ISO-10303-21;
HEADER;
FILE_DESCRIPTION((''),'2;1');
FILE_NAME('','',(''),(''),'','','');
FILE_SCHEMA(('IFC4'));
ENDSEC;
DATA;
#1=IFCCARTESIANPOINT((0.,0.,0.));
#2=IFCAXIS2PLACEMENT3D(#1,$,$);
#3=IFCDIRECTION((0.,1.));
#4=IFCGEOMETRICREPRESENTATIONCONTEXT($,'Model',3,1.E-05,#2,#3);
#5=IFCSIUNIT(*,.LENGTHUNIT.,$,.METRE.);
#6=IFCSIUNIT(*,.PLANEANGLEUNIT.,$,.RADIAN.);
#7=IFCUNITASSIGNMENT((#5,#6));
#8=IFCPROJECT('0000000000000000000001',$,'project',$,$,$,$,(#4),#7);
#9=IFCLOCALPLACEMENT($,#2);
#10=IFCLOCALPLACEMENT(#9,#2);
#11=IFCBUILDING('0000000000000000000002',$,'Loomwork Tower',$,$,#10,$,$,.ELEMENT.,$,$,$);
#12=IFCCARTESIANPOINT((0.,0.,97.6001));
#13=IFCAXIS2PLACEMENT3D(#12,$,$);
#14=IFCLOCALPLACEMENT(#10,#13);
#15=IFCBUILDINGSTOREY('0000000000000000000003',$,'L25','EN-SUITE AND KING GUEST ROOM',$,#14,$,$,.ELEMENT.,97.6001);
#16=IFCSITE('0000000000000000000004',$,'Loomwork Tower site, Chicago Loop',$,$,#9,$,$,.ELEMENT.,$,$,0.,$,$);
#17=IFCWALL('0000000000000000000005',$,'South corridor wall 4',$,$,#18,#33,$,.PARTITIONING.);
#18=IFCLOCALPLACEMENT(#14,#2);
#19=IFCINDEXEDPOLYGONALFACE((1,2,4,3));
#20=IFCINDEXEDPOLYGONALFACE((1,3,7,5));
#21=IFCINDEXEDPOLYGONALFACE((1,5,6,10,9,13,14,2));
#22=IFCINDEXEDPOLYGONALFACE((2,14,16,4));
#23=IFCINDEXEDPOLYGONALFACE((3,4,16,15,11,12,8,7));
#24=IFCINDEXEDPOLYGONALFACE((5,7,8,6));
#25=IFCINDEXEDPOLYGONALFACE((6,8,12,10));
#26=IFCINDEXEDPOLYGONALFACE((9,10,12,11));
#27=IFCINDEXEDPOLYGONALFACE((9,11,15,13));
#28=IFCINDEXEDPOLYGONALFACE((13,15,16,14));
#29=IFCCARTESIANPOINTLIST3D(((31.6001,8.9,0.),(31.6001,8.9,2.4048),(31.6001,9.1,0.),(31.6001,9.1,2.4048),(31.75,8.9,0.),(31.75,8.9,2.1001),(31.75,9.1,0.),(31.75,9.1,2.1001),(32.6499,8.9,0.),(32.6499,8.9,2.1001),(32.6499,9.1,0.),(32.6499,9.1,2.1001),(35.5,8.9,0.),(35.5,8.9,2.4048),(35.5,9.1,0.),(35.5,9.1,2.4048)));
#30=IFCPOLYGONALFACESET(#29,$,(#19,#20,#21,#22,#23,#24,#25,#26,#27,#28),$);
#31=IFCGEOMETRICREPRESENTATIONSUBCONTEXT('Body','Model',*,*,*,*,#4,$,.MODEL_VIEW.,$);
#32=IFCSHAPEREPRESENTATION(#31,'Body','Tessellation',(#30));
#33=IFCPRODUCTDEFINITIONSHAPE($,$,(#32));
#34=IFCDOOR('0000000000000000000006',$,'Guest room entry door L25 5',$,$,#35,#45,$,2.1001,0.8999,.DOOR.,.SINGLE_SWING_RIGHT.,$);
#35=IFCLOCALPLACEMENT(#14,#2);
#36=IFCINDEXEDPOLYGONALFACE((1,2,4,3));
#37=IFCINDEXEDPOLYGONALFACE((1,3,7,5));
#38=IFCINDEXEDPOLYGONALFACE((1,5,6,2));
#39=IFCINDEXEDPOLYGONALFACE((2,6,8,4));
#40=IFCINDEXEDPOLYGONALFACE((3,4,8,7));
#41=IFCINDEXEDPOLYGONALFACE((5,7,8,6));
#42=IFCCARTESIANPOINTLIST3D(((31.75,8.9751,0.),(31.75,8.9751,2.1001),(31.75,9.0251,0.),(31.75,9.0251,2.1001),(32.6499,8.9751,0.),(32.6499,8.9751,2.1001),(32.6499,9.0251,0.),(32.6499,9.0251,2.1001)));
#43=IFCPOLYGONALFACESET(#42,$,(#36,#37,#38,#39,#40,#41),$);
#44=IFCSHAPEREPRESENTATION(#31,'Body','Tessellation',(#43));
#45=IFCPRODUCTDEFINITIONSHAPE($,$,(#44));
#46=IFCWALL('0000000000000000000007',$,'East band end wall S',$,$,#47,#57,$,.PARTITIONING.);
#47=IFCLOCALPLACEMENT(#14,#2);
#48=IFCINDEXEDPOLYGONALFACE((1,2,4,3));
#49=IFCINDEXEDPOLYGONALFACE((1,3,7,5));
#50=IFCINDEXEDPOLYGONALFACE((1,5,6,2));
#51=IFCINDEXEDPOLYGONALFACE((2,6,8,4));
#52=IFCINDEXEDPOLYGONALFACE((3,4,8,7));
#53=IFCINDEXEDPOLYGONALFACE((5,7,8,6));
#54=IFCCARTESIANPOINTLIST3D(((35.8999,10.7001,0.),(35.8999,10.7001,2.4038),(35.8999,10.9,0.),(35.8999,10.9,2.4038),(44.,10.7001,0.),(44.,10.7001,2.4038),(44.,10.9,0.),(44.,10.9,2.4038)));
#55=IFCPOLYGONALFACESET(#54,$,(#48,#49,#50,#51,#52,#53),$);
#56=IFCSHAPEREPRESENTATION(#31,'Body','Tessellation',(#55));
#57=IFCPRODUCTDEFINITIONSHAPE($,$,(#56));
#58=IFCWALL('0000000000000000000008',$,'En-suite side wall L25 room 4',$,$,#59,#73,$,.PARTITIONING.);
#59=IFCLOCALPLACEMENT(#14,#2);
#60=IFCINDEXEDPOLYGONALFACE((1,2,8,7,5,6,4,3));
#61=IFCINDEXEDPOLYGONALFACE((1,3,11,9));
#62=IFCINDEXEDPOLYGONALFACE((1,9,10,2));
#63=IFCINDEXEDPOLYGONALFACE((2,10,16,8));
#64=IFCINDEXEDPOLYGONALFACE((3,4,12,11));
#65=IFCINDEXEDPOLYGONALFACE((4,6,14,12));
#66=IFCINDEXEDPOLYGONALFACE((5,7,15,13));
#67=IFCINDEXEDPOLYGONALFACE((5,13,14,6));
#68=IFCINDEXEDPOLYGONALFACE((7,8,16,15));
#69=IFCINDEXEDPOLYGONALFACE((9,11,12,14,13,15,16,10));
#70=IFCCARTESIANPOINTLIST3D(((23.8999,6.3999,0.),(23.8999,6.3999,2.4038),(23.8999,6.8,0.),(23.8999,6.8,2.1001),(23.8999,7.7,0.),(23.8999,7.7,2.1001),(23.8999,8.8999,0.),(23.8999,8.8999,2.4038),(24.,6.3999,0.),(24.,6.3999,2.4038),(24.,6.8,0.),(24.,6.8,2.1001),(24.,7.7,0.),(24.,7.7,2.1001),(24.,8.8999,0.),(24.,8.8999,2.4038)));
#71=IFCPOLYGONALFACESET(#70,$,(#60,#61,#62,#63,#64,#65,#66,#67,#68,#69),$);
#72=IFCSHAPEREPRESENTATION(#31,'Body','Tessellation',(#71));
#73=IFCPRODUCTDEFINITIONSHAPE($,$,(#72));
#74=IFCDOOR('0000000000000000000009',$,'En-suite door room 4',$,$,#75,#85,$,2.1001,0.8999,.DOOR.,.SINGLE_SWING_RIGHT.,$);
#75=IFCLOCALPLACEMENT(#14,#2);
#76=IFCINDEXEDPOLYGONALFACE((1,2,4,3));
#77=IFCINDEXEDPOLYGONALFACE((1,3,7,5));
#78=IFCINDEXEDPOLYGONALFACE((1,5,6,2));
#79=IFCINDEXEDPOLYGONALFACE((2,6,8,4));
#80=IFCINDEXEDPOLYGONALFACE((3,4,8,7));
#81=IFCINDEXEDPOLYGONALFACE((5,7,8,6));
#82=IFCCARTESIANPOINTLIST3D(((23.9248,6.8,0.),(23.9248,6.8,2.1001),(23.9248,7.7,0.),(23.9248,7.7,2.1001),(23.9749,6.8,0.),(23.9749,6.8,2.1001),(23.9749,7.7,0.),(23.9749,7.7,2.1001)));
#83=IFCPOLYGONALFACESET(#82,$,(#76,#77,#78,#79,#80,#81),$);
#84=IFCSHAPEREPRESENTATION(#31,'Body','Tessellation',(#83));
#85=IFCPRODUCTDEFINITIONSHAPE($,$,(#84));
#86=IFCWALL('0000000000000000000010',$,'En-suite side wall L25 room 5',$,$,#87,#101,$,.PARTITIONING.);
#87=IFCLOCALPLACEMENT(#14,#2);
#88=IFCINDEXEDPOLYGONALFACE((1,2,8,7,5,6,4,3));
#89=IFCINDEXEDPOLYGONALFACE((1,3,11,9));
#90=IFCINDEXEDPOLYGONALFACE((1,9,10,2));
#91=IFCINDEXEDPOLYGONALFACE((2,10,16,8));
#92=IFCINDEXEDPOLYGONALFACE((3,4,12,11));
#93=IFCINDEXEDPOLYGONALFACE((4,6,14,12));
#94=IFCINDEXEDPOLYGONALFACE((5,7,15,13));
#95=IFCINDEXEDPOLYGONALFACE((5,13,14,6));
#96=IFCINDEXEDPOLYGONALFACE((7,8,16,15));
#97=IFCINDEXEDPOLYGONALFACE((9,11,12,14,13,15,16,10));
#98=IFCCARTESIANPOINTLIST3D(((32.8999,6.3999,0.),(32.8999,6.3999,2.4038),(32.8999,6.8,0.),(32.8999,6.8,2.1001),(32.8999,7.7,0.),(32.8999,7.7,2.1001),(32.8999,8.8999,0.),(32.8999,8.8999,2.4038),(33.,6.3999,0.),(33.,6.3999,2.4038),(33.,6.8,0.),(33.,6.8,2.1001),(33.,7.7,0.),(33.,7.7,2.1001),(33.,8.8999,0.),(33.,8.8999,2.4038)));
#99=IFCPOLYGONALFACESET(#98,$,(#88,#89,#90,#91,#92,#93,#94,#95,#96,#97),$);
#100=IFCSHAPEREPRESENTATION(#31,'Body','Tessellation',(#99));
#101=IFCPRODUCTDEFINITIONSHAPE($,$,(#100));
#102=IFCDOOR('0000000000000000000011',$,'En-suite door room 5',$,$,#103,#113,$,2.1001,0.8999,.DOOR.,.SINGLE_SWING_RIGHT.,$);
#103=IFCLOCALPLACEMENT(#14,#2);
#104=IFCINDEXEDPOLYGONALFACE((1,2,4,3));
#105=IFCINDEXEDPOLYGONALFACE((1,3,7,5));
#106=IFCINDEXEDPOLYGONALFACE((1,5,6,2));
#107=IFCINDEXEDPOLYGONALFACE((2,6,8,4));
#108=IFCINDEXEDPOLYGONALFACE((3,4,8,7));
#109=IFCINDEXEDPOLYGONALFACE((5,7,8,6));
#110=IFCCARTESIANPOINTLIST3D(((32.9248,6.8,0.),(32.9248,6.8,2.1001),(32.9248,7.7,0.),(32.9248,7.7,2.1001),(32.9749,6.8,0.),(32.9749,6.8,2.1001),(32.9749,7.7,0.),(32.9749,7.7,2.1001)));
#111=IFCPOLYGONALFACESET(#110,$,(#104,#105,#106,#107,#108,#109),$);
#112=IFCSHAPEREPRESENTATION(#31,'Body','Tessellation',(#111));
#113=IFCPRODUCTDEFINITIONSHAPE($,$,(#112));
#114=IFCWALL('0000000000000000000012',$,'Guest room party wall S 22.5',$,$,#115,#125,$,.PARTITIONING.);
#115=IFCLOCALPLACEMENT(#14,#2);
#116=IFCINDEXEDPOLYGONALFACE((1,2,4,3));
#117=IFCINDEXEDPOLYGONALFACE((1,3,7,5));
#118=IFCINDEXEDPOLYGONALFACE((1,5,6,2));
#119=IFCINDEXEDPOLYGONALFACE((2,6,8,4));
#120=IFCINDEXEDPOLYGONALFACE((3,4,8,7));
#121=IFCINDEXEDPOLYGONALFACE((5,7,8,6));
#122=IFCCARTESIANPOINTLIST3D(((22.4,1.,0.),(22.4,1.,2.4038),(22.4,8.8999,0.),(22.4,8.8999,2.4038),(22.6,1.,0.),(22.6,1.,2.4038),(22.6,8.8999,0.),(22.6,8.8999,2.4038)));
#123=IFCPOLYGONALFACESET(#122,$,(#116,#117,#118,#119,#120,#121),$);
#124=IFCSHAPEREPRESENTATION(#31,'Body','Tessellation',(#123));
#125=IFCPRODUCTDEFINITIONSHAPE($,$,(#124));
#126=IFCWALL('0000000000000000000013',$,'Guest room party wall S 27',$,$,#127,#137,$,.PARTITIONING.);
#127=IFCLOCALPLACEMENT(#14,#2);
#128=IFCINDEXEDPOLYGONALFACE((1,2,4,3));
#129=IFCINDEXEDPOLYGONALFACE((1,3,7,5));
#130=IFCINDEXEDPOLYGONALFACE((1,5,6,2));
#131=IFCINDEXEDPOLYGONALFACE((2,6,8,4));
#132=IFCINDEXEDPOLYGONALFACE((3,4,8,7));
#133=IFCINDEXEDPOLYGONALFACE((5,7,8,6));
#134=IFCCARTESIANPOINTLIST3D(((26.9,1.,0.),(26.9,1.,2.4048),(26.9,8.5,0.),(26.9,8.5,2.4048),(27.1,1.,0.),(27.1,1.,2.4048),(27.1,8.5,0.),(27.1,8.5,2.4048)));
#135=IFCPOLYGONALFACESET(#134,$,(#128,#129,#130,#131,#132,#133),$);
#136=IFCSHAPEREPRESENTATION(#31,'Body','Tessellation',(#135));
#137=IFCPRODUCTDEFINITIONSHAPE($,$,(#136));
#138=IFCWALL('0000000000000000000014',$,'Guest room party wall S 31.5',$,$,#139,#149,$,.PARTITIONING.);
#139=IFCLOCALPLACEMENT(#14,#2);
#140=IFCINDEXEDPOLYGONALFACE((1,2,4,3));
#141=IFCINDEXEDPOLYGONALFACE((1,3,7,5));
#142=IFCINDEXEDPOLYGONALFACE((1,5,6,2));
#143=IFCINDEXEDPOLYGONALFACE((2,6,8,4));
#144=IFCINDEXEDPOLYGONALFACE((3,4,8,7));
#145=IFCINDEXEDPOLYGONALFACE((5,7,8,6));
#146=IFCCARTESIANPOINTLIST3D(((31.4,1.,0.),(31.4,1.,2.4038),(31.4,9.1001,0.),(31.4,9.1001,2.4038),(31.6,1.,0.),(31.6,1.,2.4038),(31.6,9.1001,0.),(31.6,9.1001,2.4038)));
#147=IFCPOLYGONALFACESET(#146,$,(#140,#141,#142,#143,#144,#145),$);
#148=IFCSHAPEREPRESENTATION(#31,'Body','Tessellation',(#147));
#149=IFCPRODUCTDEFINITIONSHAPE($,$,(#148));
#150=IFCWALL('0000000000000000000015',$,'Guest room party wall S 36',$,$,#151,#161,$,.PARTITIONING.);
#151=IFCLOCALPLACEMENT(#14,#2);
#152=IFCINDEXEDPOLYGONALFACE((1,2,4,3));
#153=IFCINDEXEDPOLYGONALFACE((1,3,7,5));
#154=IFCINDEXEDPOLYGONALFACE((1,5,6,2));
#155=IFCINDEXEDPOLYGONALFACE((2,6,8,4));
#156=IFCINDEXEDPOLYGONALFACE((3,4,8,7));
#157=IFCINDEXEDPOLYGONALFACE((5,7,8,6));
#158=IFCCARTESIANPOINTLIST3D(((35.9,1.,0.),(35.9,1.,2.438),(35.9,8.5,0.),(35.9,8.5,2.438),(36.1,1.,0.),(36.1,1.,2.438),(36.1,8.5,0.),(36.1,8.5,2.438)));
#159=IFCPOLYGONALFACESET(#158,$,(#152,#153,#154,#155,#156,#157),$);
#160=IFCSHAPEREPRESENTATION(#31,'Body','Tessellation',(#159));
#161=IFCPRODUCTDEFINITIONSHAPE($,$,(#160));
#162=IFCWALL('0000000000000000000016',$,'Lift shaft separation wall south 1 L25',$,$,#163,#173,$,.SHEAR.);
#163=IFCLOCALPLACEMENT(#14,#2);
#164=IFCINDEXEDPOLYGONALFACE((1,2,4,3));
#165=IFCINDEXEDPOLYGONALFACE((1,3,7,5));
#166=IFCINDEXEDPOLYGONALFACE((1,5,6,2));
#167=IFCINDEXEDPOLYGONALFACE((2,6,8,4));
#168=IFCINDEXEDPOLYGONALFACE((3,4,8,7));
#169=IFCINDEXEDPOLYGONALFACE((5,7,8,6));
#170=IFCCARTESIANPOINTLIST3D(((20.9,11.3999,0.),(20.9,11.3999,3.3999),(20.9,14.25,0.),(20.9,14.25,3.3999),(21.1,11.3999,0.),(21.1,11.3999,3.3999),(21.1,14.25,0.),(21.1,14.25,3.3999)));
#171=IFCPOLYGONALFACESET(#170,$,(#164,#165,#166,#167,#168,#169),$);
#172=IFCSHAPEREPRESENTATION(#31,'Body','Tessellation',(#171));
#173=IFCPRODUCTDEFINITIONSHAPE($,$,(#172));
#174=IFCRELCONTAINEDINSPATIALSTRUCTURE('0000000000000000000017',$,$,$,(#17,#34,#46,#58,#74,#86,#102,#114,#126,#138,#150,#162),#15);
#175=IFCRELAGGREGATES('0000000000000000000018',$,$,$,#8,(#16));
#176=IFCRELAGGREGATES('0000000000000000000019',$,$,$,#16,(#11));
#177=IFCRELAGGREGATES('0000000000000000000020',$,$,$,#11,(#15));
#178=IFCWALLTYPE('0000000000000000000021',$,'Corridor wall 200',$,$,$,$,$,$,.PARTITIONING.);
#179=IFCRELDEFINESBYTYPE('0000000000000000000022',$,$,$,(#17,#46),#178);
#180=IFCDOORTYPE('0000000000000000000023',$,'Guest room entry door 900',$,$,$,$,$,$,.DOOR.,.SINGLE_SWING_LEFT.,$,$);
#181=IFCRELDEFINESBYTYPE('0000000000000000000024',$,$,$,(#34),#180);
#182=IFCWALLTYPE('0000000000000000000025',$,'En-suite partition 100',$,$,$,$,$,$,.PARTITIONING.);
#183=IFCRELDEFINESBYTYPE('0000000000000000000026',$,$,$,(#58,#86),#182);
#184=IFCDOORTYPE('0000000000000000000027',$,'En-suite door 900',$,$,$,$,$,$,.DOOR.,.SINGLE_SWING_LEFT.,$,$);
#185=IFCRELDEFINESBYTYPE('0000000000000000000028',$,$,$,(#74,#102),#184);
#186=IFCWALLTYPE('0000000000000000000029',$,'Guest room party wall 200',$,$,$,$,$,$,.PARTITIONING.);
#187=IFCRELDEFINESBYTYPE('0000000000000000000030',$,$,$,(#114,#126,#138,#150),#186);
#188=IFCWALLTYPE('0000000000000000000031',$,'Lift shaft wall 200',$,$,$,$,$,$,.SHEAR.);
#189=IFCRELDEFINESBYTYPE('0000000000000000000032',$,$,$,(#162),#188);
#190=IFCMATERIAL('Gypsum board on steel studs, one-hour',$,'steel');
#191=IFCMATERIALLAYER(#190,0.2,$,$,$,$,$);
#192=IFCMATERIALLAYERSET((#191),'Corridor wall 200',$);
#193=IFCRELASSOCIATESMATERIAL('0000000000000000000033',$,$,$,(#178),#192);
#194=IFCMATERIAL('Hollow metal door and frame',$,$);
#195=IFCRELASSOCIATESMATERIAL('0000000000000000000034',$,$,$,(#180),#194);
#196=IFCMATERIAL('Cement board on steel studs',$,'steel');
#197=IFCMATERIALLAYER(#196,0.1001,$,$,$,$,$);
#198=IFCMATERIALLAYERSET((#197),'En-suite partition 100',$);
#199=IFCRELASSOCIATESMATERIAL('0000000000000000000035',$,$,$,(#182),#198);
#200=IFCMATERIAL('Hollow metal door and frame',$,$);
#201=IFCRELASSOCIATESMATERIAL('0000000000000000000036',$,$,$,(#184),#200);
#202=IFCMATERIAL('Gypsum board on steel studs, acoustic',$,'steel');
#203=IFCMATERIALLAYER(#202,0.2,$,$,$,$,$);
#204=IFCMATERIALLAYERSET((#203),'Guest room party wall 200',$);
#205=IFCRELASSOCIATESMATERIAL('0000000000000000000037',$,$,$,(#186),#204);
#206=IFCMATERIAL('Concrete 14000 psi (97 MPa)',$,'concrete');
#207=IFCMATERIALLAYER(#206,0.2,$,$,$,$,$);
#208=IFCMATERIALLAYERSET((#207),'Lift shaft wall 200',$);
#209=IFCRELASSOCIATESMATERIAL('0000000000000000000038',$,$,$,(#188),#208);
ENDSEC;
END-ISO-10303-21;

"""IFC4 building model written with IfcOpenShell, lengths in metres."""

from ifc_helpers import new_model, si_unit, direction, frame, frame_2d, origin, place, context, subcontext, project, spatial, rectangle, extrude, material, layer, layer_set, type_object, element, fill, save


model = new_model("IFC4")

# Units and contexts
model_context = context("Model", 3, precision=1e-05, world=origin(), true_north=direction((0.0, 1.0)))
body_context = subcontext(model_context, "Body", "Model", "MODEL_VIEW")
ifc_project = project(units=[si_unit("LENGTHUNIT", "METRE"), si_unit("PLANEANGLEUNIT", "RADIAN")], contexts=[model_context])

# Site, building, storey
site_placement = place(None, origin())
site = spatial("IfcSite", under=ifc_project, at=site_placement, Name="Loomwork Tower site, Chicago Loop", CompositionType="ELEMENT", RefElevation=0.0)
building_placement = place(site_placement, origin())
building = spatial("IfcBuilding", under=site, at=building_placement, Name="Loomwork Tower", CompositionType="ELEMENT")
storey_placement = place(building_placement, frame((0.0, 0.0, 97.6001)))
storey = spatial("IfcBuildingStorey", under=building, at=storey_placement, Name="L25", Description="EN-SUITE AND KING GUEST ROOM", CompositionType="ELEMENT", Elevation=97.6001)

# Wall, opening, door
ifc_material_1 = material(Name="Gypsum board on steel studs, one-hour", Category="steel")
ifc_layer_1 = layer(ifc_material_1, 0.2)
ifc_layer_set_1 = layer_set([ifc_layer_1], Name="Corridor wall 200")
wall_type_1 = type_object("IfcWallType", Name="Corridor wall 200", PredefinedType="PARTITIONING", material=ifc_layer_set_1)
wall_1_placement = place(storey_placement, frame((31.6001, 9.0, 0.0), z_axis=(0.0, 0.0, 1.0), x_axis=(1.0, 0.0, 0.0)))
wall_1 = element("IfcWall", 1, at=wall_1_placement, inside=storey, type_object=wall_type_1, Name="South corridor wall 4", PredefinedType="PARTITIONING", context=body_context, shape_type="SweptSolid", body=[
    extrude(rectangle(XDim=3.8999, YDim=0.2, at=frame_2d((1.95, 0.0))), origin(), (0.0, 0.0, 1.0), 2.4048),
])
opening_1_placement = place(wall_1_placement, frame((0.1499, 0.0, 0.0)))
opening_1 = element("IfcOpeningElement", 2, at=opening_1_placement, cuts=wall_1, PredefinedType="OPENING", context=body_context, shape_type="SweptSolid", body=[
    extrude(rectangle(XDim=0.8999, YDim=2.1001, at=frame_2d((0.45, 1.05))), frame((0.0, 0.1099, 0.0), z_axis=(0.0, -1.0, 0.0), x_axis=(1.0, 0.0, 0.0)), (0.0, 0.0, 1.0), 0.22),
])
ifc_material_2 = material(Name="Hollow metal door and frame")
door_type_1 = type_object("IfcDoorType", Name="Guest room entry door 900", OperationType="SINGLE_SWING_LEFT", PredefinedType="DOOR", material=ifc_material_2)
door_1_placement = place(opening_1_placement, frame((0.8999, 0.0, 0.0), z_axis=(0.0, 0.0, 1.0), x_axis=(-1.0, 0.0, 0.0)))
door_1 = element("IfcDoor", 3, at=door_1_placement, inside=storey, type_object=door_type_1, Name="Guest room entry door L25 5", OperationType="SINGLE_SWING_RIGHT", OverallHeight=2.1001, OverallWidth=0.8999, PredefinedType="DOOR", context=body_context, shape_type="SweptSolid", body=[
    extrude(rectangle(XDim=0.8999, YDim=2.1001, at=frame_2d((0.45, 1.05))), frame((0.0, 0.0249, 0.0), z_axis=(0.0, -1.0, 0.0), x_axis=(1.0, 0.0, 0.0)), (0.0, 0.0, 1.0), 0.05),
])
fill(opening_1, door_1)

# Wall
wall_2_placement = place(storey_placement, frame((35.8999, 10.8, 0.0), z_axis=(0.0, 0.0, 1.0), x_axis=(1.0, 0.0, 0.0)))
element("IfcWall", 4, at=wall_2_placement, inside=storey, type_object=wall_type_1, Name="East band end wall S", PredefinedType="PARTITIONING", context=body_context, shape_type="SweptSolid", body=[
    extrude(rectangle(XDim=8.1001, YDim=0.2, at=frame_2d((4.05, 0.0))), origin(), (0.0, 0.0, 1.0), 2.4038),
])

# Walls, openings, doors
ifc_material_3 = material(Name="Cement board on steel studs", Category="steel")
ifc_layer_2 = layer(ifc_material_3, 0.1001)
ifc_layer_set_2 = layer_set([ifc_layer_2], Name="En-suite partition 100")
wall_type_2 = type_object("IfcWallType", Name="En-suite partition 100", PredefinedType="PARTITIONING", material=ifc_layer_set_2)
wall_3_placement = place(storey_placement, frame((23.95, 8.8999, 0.0), z_axis=(0.0, 0.0, 1.0), x_axis=(0.0, -1.0, 0.0)))
wall_3 = element("IfcWall", 5, at=wall_3_placement, inside=storey, type_object=wall_type_2, Name="En-suite side wall L25 room 4", PredefinedType="PARTITIONING", context=body_context, shape_type="SweptSolid", body=[
    extrude(rectangle(XDim=2.5, YDim=0.1001, at=frame_2d((1.25, 0.0))), origin(), (0.0, 0.0, 1.0), 2.4038),
])
opening_2_placement = place(wall_3_placement, frame((1.2, 0.0, 0.0)))
opening_2 = element("IfcOpeningElement", 6, at=opening_2_placement, cuts=wall_3, PredefinedType="OPENING", context=body_context, shape_type="SweptSolid", body=[
    extrude(rectangle(XDim=0.8999, YDim=2.1001, at=frame_2d((0.45, 1.05))), frame((0.0, 0.0601, 0.0), z_axis=(0.0, -1.0, 0.0), x_axis=(1.0, 0.0, 0.0)), (0.0, 0.0, 1.0), 0.1201),
])
ifc_material_4 = material(Name="Hollow metal door and frame")
door_type_2 = type_object("IfcDoorType", Name="En-suite door 900", OperationType="SINGLE_SWING_LEFT", PredefinedType="DOOR", material=ifc_material_4)
door_2_placement = place(opening_2_placement, origin())
door_2 = element("IfcDoor", 7, at=door_2_placement, inside=storey, type_object=door_type_2, Name="En-suite door room 4", OperationType="SINGLE_SWING_RIGHT", OverallHeight=2.1001, OverallWidth=0.8999, PredefinedType="DOOR", context=body_context, shape_type="SweptSolid", body=[
    extrude(rectangle(XDim=0.8999, YDim=2.1001, at=frame_2d((0.45, 1.05))), frame((0.0, 0.0249, 0.0), z_axis=(0.0, -1.0, 0.0), x_axis=(1.0, 0.0, 0.0)), (0.0, 0.0, 1.0), 0.05),
])
fill(opening_2, door_2)
wall_4_placement = place(storey_placement, frame((32.95, 8.8999, 0.0), z_axis=(0.0, 0.0, 1.0), x_axis=(0.0, -1.0, 0.0)))
wall_4 = element("IfcWall", 8, at=wall_4_placement, inside=storey, type_object=wall_type_2, Name="En-suite side wall L25 room 5", PredefinedType="PARTITIONING", context=body_context, shape_type="SweptSolid", body=[
    extrude(rectangle(XDim=2.5, YDim=0.1001, at=frame_2d((1.25, 0.0))), origin(), (0.0, 0.0, 1.0), 2.4038),
])
opening_3_placement = place(wall_4_placement, frame((1.2, 0.0, 0.0)))
opening_3 = element("IfcOpeningElement", 9, at=opening_3_placement, cuts=wall_4, PredefinedType="OPENING", context=body_context, shape_type="SweptSolid", body=[
    extrude(rectangle(XDim=0.8999, YDim=2.1001, at=frame_2d((0.45, 1.05))), frame((0.0, 0.0601, 0.0), z_axis=(0.0, -1.0, 0.0), x_axis=(1.0, 0.0, 0.0)), (0.0, 0.0, 1.0), 0.1201),
])
door_3_placement = place(opening_3_placement, origin())
door_3 = element("IfcDoor", 10, at=door_3_placement, inside=storey, type_object=door_type_2, Name="En-suite door room 5", OperationType="SINGLE_SWING_RIGHT", OverallHeight=2.1001, OverallWidth=0.8999, PredefinedType="DOOR", context=body_context, shape_type="SweptSolid", body=[
    extrude(rectangle(XDim=0.8999, YDim=2.1001, at=frame_2d((0.45, 1.05))), frame((0.0, 0.0249, 0.0), z_axis=(0.0, -1.0, 0.0), x_axis=(1.0, 0.0, 0.0)), (0.0, 0.0, 1.0), 0.05),
])
fill(opening_3, door_3)

# Walls
ifc_material_5 = material(Name="Gypsum board on steel studs, acoustic", Category="steel")
ifc_layer_3 = layer(ifc_material_5, 0.2)
ifc_layer_set_3 = layer_set([ifc_layer_3], Name="Guest room party wall 200")
wall_type_3 = type_object("IfcWallType", Name="Guest room party wall 200", PredefinedType="PARTITIONING", material=ifc_layer_set_3)
wall_5_placement = place(storey_placement, frame((22.5, 8.8999, 0.0), z_axis=(0.0, 0.0, 1.0), x_axis=(0.0, -1.0, 0.0)))
element("IfcWall", 11, at=wall_5_placement, inside=storey, type_object=wall_type_3, Name="Guest room party wall S 22.5", PredefinedType="PARTITIONING", context=body_context, shape_type="SweptSolid", body=[
    extrude(rectangle(XDim=7.8999, YDim=0.2, at=frame_2d((3.95, 0.0))), origin(), (0.0, 0.0, 1.0), 2.4038),
])
wall_6_placement = place(storey_placement, frame((27.0, 8.5, 0.0), z_axis=(0.0, 0.0, 1.0), x_axis=(0.0, -1.0, 0.0)))
element("IfcWall", 12, at=wall_6_placement, inside=storey, type_object=wall_type_3, Name="Guest room party wall S 27", PredefinedType="PARTITIONING", context=body_context, shape_type="SweptSolid", body=[
    extrude(rectangle(XDim=7.5, YDim=0.2, at=frame_2d((3.75, 0.0))), origin(), (0.0, 0.0, 1.0), 2.4048),
])
wall_7_placement = place(storey_placement, frame((31.5, 9.1001, 0.0), z_axis=(0.0, 0.0, 1.0), x_axis=(0.0, -1.0, 0.0)))
element("IfcWall", 13, at=wall_7_placement, inside=storey, type_object=wall_type_3, Name="Guest room party wall S 31.5", PredefinedType="PARTITIONING", context=body_context, shape_type="SweptSolid", body=[
    extrude(rectangle(XDim=8.1001, YDim=0.2, at=frame_2d((4.05, 0.0))), origin(), (0.0, 0.0, 1.0), 2.4038),
])
wall_8_placement = place(storey_placement, frame((36.0, 8.5, 0.0), z_axis=(0.0, 0.0, 1.0), x_axis=(0.0, -1.0, 0.0)))
element("IfcWall", 14, at=wall_8_placement, inside=storey, type_object=wall_type_3, Name="Guest room party wall S 36", PredefinedType="PARTITIONING", context=body_context, shape_type="SweptSolid", body=[
    extrude(rectangle(XDim=7.5, YDim=0.2, at=frame_2d((3.75, 0.0))), origin(), (0.0, 0.0, 1.0), 2.438),
])
ifc_material_6 = material(Name="Concrete 14000 psi (97 MPa)", Category="concrete")
ifc_layer_4 = layer(ifc_material_6, 0.2)
ifc_layer_set_4 = layer_set([ifc_layer_4], Name="Lift shaft wall 200")
wall_type_4 = type_object("IfcWallType", Name="Lift shaft wall 200", PredefinedType="SHEAR", material=ifc_layer_set_4)
for number, where, z_axis, x_axis, name in (
    (15, (21.0, 11.3999, 0.0), (0.0, 0.0, 1.0), (0.0, 1.0, 0.0), "Lift shaft separation wall south 1 L25"),
):
    element("IfcWall", number, at=place(storey_placement, frame(where, z_axis=z_axis, x_axis=x_axis)), inside=storey, type_object=wall_type_4, Name=name, PredefinedType="SHEAR", context=body_context, shape_type="SweptSolid", body=[
        extrude(rectangle(XDim=2.8501, YDim=0.2, at=frame_2d((1.425, 0.0))), origin(), (0.0, 0.0, 1.0), 3.3999),
    ])

save(model, "model.ifc")
